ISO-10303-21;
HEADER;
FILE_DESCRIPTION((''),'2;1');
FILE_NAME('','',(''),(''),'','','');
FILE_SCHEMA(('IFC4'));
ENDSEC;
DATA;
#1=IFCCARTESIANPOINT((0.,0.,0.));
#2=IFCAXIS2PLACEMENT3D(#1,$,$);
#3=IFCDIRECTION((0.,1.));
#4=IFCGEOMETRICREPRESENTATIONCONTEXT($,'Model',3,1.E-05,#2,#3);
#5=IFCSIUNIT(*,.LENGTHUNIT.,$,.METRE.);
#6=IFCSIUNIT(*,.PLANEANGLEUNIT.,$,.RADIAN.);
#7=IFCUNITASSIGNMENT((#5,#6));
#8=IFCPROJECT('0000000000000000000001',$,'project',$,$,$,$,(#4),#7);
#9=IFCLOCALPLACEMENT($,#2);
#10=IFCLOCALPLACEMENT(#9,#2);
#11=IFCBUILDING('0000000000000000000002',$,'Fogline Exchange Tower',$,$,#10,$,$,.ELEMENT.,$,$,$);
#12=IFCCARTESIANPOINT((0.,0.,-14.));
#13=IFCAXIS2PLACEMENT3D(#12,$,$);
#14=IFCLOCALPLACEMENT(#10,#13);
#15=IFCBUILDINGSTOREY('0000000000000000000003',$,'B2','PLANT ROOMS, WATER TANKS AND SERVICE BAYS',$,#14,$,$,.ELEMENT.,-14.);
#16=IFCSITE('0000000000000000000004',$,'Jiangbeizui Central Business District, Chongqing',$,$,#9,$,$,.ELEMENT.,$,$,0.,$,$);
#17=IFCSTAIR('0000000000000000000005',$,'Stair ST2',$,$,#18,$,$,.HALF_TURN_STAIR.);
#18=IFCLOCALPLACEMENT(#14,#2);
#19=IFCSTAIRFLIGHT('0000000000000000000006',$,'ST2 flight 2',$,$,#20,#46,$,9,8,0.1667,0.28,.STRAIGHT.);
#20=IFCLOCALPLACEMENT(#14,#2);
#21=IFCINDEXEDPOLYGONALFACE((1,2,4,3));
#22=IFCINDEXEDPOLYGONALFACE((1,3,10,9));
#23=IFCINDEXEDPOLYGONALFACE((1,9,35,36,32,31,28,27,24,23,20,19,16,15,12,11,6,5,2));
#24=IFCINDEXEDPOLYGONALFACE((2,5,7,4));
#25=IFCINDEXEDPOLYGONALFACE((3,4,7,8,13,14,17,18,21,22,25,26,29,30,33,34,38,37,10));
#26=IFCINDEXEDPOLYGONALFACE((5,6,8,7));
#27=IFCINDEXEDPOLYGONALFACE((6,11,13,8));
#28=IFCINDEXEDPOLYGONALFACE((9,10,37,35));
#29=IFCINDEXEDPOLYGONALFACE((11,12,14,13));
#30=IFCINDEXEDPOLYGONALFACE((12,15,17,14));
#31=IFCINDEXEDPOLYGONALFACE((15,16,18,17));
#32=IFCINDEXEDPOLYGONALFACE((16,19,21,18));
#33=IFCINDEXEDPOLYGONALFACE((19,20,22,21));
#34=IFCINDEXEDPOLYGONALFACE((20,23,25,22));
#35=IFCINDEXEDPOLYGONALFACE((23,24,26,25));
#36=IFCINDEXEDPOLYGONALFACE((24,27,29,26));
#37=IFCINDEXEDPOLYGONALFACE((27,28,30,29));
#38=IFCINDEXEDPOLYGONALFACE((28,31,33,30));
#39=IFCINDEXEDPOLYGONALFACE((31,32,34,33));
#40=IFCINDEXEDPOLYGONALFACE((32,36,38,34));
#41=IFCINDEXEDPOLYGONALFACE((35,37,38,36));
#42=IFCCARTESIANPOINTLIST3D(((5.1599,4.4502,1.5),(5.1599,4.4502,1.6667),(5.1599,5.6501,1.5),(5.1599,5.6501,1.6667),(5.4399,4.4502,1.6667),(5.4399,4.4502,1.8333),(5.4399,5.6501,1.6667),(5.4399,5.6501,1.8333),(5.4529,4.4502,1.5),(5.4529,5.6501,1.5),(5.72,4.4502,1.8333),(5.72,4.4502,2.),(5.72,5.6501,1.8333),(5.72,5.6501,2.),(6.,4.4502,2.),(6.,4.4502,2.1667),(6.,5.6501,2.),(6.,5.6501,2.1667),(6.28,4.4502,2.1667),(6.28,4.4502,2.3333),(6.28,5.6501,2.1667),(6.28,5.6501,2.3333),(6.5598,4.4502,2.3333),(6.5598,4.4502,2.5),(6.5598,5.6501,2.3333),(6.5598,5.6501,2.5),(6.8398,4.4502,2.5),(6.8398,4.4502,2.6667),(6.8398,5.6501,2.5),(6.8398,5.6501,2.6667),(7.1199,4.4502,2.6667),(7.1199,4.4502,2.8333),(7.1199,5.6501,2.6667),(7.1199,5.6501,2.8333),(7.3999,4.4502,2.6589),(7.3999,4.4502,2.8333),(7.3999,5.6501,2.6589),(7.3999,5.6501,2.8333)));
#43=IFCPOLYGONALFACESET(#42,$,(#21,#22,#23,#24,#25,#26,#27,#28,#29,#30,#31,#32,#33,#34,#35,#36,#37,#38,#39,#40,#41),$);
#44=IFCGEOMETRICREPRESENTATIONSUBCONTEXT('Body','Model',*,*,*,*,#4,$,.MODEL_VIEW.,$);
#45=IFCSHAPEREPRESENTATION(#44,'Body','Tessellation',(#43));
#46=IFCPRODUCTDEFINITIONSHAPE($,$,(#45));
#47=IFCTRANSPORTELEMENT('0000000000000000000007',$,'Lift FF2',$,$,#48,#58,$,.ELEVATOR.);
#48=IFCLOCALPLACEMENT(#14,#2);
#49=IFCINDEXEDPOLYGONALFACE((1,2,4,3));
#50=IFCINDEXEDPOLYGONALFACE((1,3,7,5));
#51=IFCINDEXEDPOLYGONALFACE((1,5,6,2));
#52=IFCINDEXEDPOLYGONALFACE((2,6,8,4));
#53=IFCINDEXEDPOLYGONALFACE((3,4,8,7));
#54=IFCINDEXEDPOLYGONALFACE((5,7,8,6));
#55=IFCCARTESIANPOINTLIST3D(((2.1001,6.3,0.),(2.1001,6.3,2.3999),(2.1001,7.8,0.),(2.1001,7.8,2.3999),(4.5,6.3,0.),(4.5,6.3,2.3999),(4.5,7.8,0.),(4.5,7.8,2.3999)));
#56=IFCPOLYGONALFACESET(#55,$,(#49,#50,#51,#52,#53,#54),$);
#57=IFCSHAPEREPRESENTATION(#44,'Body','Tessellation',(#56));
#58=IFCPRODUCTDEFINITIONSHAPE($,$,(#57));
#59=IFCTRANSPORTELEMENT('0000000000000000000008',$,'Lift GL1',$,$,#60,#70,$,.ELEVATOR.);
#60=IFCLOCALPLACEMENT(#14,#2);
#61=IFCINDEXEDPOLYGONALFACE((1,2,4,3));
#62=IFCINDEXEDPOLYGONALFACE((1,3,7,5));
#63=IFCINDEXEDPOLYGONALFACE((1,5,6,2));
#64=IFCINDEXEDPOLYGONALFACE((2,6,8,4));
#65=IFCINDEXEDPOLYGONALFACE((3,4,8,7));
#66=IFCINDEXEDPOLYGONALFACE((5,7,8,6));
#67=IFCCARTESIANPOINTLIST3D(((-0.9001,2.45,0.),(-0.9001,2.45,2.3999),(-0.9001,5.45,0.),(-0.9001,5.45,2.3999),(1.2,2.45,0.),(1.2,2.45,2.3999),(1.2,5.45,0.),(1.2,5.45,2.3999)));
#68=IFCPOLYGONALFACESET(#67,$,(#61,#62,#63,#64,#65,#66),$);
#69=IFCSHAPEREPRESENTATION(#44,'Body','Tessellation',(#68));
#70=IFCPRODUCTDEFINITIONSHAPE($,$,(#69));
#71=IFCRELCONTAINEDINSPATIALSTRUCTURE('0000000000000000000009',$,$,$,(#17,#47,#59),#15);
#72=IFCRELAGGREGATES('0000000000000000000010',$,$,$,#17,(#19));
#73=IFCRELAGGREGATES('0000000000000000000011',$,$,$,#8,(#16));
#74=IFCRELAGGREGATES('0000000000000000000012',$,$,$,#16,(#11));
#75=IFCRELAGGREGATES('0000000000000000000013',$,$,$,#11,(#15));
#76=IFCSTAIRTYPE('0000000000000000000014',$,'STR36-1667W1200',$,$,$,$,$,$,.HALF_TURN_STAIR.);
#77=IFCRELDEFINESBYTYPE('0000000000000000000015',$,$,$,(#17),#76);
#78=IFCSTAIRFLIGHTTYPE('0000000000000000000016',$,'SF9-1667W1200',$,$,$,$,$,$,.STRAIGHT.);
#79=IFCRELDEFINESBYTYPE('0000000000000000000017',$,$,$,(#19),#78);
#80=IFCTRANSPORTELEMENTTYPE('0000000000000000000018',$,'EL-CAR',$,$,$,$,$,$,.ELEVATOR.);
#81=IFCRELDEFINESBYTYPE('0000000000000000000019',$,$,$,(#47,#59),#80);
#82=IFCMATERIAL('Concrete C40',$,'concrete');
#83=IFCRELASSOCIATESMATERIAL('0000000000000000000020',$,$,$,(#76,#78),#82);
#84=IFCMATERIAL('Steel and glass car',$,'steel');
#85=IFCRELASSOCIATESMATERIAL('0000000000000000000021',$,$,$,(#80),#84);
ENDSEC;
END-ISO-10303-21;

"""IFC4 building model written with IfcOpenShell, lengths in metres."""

from ifc_helpers import new_model, si_unit, direction, frame, origin, origin_2d, place, context, subcontext, project, spatial, polyline, rectangle, outline, extrude, material, type_object, element, aggregate, save


model = new_model("IFC4")

# Units and contexts
model_context = context("Model", 3, precision=1e-05, world=origin(), true_north=direction((0.0, 1.0)))
body_context = subcontext(model_context, "Body", "Model", "MODEL_VIEW")
ifc_project = project(units=[si_unit("LENGTHUNIT", "METRE"), si_unit("PLANEANGLEUNIT", "RADIAN")], contexts=[model_context])

# Site, building, storey
site_placement = place(None, origin())
site = spatial("IfcSite", under=ifc_project, at=site_placement, Name="Jiangbeizui Central Business District, Chongqing", CompositionType="ELEMENT", RefElevation=0.0)
building_placement = place(site_placement, origin())
building = spatial("IfcBuilding", under=site, at=building_placement, Name="Fogline Exchange Tower", CompositionType="ELEMENT")
storey_placement = place(building_placement, frame((0.0, 0.0, -14.0)))
storey = spatial("IfcBuildingStorey", under=building, at=storey_placement, Name="B2", Description="PLANT ROOMS, WATER TANKS AND SERVICE BAYS", CompositionType="ELEMENT", Elevation=-14.0)

# Shared definitions
ifc_material_1 = material(Name="Concrete C40", Category="concrete")

# Stair
stair_type = type_object("IfcStairType", Name="STR36-1667W1200", PredefinedType="HALF_TURN_STAIR", material=ifc_material_1)
stair_1_placement = place(storey_placement, origin())
stair_1 = element("IfcStair", 1, at=stair_1_placement, inside=storey, type_object=stair_type, Name="Stair ST2", PredefinedType="HALF_TURN_STAIR")

# Stair flight
stair_flight_type = type_object("IfcStairFlightType", Name="SF9-1667W1200", PredefinedType="STRAIGHT", material=ifc_material_1)
stair_flight_placement = place(storey_placement, frame((5.1599, 5.05, 1.5), z_axis=(0.0, 0.0, 1.0), x_axis=(1.0, 0.0, 0.0)))
stair_flight = element("IfcStairFlight", 2, at=stair_flight_placement, type_object=stair_flight_type, Name="ST2 flight 2", NumberOfRisers=9, NumberOfTreads=8, PredefinedType="STRAIGHT", RiserHeight=0.1667, TreadLength=0.28, context=body_context, shape_type="SweptSolid", body=[
    extrude(outline(polyline([(0.0, 0.0), (0.0, 0.1667), (0.28, 0.1667), (0.28, 0.3333), (0.5601, 0.3333), (0.5601, 0.5), (0.8401, 0.5), (0.8401, 0.6667), (1.1201, 0.6667), (1.1201, 0.8333), (1.3999, 0.8333), (1.3999, 1.0), (1.6799, 1.0), (1.6799, 1.1667), (1.96, 1.1667), (1.96, 1.3333), (2.24, 1.3333), (2.24, 1.5), (2.24, 1.1589), (0.293, 0.0), (0.0, 0.0)])), frame((0.0, 0.6001, 0.0), z_axis=(0.0, -1.0, 0.0), x_axis=(1.0, 0.0, 0.0)), (0.0, 0.0, 1.0), 1.2),
])
aggregate(stair_1, [stair_flight])

# Transport elements
ifc_material_2 = material(Name="Steel and glass car", Category="steel")
transport_element_type = type_object("IfcTransportElementType", Name="EL-CAR", PredefinedType="ELEVATOR", material=ifc_material_2)
transport_element_1_placement = place(storey_placement, frame((3.3, 7.05, 0.0), z_axis=(0.0, 0.0, 1.0), x_axis=(1.0, 0.0, 0.0)))
element("IfcTransportElement", 3, at=transport_element_1_placement, inside=storey, type_object=transport_element_type, Name="Lift FF2", PredefinedType="ELEVATOR", context=body_context, shape_type="SweptSolid", body=[
    extrude(rectangle(XDim=2.3999, YDim=1.5, at=origin_2d()), origin(), (0.0, 0.0, 1.0), 2.3999),
])
transport_element_2_placement = place(storey_placement, frame((0.1499, 3.95, 0.0), z_axis=(0.0, 0.0, 1.0), x_axis=(1.0, 0.0, 0.0)))
element("IfcTransportElement", 4, at=transport_element_2_placement, inside=storey, type_object=transport_element_type, Name="Lift GL1", PredefinedType="ELEVATOR", context=body_context, shape_type="SweptSolid", body=[
    extrude(rectangle(XDim=2.1001, YDim=3.0, at=origin_2d()), origin(), (0.0, 0.0, 1.0), 2.3999),
])

save(model, "model.ifc")
